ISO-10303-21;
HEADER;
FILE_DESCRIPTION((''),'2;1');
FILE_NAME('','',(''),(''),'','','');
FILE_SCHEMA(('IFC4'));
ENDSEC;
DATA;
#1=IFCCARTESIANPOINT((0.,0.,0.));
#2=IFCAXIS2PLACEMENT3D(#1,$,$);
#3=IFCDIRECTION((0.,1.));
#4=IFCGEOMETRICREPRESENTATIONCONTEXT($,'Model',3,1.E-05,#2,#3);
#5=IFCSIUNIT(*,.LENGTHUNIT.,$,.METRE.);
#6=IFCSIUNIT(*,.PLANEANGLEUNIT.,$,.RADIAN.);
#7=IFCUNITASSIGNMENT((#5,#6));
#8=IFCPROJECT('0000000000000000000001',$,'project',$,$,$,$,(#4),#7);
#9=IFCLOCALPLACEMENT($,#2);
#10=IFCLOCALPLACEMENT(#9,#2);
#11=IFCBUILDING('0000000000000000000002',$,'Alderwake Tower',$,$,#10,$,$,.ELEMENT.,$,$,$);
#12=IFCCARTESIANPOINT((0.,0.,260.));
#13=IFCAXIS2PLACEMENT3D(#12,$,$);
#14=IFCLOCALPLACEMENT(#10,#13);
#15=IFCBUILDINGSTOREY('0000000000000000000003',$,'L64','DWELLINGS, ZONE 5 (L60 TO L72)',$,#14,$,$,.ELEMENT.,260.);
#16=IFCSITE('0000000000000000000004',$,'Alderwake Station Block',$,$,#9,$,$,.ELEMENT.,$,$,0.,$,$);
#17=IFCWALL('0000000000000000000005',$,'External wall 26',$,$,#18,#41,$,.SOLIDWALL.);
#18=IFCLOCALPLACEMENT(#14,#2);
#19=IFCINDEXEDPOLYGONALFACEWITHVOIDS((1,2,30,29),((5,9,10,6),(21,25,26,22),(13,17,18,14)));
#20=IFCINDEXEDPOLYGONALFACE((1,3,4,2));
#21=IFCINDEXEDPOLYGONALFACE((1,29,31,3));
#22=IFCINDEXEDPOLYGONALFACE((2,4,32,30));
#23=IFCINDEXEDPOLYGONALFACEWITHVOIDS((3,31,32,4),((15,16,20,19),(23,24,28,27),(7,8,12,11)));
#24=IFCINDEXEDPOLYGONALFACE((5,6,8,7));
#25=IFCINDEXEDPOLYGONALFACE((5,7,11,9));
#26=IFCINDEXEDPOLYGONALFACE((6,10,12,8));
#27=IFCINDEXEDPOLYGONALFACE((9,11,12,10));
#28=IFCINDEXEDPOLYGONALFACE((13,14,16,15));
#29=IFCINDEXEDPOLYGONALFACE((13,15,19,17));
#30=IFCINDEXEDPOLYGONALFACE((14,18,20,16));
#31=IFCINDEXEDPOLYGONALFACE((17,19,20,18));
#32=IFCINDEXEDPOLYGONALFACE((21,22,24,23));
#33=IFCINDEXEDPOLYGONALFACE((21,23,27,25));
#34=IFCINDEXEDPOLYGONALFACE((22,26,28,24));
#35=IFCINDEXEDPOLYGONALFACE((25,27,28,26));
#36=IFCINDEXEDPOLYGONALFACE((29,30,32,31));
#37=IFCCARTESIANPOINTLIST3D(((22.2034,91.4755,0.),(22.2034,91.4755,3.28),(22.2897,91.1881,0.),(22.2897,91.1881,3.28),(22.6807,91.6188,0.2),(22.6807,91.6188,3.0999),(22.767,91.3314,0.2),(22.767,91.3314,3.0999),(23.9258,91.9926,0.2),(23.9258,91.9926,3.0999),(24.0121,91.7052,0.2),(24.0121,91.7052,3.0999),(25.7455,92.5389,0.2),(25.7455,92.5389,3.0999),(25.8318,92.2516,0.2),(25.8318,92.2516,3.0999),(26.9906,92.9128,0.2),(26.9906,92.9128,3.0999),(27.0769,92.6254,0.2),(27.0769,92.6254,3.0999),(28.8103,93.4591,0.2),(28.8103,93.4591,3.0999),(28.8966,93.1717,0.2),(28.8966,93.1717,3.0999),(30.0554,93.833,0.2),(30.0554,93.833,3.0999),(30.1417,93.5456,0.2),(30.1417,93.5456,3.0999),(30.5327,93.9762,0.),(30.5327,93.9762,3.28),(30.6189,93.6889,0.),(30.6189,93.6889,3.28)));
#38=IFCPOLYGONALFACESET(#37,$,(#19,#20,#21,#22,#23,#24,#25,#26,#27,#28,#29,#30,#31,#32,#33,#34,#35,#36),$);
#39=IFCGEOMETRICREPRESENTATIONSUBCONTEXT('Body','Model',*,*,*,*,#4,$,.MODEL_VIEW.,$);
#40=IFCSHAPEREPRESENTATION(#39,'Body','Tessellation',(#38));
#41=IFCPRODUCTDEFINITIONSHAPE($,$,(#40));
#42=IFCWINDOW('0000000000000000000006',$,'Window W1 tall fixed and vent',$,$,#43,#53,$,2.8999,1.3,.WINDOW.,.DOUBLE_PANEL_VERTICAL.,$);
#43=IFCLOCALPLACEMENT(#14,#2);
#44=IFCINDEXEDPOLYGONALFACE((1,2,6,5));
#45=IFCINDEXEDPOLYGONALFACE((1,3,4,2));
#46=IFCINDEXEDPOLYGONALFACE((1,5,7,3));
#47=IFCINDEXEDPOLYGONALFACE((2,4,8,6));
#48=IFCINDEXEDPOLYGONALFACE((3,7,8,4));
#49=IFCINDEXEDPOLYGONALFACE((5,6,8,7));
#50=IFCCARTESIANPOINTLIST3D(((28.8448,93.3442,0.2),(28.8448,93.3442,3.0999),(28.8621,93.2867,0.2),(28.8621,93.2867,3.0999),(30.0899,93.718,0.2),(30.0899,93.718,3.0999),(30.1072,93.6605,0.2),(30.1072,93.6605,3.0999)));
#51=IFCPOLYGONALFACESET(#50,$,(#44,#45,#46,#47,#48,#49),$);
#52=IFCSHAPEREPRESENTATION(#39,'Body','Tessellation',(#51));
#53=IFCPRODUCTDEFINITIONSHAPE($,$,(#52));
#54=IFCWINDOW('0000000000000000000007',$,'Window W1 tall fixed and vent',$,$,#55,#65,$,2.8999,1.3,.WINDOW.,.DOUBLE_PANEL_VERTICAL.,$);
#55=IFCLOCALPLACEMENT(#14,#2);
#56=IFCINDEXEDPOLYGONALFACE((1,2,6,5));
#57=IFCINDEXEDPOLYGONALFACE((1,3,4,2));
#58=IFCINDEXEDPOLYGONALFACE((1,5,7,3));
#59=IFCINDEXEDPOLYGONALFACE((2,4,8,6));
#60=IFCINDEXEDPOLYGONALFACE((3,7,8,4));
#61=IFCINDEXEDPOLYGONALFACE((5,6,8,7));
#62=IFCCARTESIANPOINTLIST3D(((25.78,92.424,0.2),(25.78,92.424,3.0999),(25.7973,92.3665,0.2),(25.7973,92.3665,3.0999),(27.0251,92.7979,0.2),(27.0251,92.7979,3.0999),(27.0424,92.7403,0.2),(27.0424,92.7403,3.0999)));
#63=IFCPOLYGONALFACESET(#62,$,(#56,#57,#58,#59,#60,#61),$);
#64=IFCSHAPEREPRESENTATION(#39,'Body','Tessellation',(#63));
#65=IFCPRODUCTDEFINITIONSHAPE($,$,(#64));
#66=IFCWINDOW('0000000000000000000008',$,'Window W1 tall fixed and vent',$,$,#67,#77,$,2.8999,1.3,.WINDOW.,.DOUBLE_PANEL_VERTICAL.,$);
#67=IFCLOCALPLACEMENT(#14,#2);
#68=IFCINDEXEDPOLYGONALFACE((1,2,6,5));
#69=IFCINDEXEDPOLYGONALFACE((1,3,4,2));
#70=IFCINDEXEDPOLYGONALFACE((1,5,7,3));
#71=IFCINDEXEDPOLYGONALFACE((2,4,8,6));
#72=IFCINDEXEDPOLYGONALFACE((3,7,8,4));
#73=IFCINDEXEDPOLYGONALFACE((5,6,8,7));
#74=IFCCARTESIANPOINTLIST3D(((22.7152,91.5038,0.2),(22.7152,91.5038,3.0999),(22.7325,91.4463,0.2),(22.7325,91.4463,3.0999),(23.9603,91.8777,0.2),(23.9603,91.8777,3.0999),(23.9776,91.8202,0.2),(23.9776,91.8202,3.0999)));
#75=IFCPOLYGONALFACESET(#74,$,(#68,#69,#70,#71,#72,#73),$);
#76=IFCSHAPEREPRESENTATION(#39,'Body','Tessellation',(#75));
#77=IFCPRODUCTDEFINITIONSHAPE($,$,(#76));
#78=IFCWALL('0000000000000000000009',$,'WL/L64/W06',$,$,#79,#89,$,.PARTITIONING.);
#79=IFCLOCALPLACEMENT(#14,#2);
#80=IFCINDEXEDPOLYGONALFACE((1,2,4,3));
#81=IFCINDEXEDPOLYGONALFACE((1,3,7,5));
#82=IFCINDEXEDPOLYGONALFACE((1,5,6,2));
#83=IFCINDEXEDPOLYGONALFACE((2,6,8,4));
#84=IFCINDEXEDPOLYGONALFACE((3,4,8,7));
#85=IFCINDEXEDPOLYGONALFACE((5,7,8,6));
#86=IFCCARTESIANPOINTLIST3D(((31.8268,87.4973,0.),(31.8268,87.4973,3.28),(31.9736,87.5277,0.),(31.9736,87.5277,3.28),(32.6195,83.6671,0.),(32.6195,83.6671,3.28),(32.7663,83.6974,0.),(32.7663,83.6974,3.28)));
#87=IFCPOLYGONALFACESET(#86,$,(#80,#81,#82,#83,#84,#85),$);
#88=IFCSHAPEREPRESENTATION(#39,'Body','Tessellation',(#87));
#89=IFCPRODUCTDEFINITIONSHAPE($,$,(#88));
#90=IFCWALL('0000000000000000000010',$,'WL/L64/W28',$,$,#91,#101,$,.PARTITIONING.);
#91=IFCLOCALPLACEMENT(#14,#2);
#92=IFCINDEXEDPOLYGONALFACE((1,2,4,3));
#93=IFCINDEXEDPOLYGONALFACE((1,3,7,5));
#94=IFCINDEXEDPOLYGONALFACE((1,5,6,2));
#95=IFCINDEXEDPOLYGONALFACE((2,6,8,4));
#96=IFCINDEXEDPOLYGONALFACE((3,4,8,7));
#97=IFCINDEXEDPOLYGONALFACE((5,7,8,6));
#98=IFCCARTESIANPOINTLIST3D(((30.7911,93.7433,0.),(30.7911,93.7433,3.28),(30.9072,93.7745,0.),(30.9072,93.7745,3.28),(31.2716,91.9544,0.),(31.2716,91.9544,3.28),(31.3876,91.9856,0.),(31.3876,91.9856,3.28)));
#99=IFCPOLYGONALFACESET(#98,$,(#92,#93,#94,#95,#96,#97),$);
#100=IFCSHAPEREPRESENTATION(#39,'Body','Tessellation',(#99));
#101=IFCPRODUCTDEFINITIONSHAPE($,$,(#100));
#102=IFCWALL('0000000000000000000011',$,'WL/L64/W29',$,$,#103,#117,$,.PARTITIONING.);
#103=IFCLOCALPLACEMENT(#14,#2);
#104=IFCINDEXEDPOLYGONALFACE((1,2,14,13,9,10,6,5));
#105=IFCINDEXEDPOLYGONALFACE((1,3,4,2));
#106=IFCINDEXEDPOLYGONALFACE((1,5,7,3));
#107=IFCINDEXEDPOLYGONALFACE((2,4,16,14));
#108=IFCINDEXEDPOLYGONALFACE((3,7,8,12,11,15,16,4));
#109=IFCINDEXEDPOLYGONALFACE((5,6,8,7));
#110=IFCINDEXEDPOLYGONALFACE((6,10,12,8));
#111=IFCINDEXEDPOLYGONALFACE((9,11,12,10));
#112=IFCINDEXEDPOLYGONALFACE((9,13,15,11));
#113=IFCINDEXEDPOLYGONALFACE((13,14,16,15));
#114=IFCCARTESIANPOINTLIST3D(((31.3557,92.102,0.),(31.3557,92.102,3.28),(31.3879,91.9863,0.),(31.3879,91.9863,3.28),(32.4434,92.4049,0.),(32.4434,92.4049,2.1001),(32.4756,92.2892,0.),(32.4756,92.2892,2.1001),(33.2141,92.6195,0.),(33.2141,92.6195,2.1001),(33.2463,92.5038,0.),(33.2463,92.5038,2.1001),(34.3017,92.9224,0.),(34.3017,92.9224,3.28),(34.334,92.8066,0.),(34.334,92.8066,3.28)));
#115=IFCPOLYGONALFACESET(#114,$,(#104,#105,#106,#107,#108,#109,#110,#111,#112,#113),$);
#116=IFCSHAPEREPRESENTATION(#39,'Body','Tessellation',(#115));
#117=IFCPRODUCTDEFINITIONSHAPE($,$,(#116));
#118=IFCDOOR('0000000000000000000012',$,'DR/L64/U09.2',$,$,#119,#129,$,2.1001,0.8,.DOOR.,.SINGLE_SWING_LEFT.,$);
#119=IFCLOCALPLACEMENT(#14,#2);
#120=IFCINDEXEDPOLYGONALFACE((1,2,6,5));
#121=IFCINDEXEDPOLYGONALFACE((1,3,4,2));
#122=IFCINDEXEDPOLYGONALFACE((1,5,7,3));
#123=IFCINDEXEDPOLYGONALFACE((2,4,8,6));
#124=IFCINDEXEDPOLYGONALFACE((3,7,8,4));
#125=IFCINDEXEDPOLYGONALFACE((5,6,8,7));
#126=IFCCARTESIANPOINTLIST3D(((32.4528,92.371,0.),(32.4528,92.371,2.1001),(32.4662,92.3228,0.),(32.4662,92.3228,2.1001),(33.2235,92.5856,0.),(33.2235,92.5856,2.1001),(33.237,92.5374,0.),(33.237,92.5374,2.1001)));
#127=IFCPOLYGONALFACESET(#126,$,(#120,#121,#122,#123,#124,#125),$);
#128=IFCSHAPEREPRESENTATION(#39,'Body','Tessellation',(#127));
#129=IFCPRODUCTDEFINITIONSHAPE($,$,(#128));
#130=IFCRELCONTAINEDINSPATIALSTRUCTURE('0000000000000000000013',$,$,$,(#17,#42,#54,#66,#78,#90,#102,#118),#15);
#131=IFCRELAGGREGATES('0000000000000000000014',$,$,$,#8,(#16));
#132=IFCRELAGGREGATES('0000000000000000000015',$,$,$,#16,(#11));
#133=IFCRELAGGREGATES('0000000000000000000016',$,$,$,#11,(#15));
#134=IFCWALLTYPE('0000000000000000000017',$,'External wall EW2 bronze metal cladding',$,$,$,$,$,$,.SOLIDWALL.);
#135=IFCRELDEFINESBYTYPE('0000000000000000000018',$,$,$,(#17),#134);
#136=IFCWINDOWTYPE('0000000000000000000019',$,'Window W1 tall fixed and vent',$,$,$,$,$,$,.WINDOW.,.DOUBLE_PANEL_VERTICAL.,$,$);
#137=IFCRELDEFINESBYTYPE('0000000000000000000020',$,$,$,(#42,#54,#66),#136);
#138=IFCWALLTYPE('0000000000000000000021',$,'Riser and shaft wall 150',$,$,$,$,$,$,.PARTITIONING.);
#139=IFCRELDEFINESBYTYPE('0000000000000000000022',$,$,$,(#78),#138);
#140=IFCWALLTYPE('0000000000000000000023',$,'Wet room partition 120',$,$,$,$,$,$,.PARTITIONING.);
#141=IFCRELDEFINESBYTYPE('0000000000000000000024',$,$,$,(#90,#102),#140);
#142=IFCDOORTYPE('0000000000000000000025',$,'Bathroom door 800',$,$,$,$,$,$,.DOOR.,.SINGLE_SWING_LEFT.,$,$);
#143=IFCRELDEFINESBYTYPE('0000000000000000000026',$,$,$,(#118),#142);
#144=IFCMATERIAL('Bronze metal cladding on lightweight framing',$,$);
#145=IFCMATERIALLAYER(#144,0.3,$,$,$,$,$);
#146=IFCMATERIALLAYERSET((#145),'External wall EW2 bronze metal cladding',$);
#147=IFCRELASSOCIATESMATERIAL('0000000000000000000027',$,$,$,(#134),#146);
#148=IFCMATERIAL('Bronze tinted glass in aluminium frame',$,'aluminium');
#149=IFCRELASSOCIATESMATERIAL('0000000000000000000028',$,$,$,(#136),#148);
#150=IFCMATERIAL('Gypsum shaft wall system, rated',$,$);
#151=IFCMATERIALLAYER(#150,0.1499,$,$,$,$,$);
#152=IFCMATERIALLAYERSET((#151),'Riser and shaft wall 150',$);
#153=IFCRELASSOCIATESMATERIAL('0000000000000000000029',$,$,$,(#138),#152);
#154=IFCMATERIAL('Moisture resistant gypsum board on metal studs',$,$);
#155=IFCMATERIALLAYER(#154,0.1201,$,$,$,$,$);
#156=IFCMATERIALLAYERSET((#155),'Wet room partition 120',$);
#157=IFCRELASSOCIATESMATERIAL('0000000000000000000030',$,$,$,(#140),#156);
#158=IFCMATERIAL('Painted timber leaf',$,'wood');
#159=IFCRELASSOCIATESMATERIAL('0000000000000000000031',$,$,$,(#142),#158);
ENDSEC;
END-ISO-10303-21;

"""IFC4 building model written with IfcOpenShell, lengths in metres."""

from ifc_helpers import new_model, si_unit, direction, frame, frame_2d, origin, place, context, subcontext, project, spatial, rectangle, extrude, material, layer, layer_set, type_object, element, fill, save


model = new_model("IFC4")

# Units and contexts
model_context = context("Model", 3, precision=1e-05, world=origin(), true_north=direction((0.0, 1.0)))
body_context = subcontext(model_context, "Body", "Model", "MODEL_VIEW")
ifc_project = project(units=[si_unit("LENGTHUNIT", "METRE"), si_unit("PLANEANGLEUNIT", "RADIAN")], contexts=[model_context])

# Site, building, storey
site_placement = place(None, origin())
site = spatial("IfcSite", under=ifc_project, at=site_placement, Name="Alderwake Station Block", CompositionType="ELEMENT", RefElevation=0.0)
building_placement = place(site_placement, origin())
building = spatial("IfcBuilding", under=site, at=building_placement, Name="Alderwake Tower", CompositionType="ELEMENT")
storey_placement = place(building_placement, frame((0.0, 0.0, 260.0)))
storey = spatial("IfcBuildingStorey", under=building, at=storey_placement, Name="L64", Description="DWELLINGS, ZONE 5 (L60 TO L72)", CompositionType="ELEMENT", Elevation=260.0)

# Wall, openings, windows
ifc_material_1 = material(Name="Bronze metal cladding on lightweight framing")
ifc_layer_1 = layer(ifc_material_1, 0.3)
ifc_layer_set_1 = layer_set([ifc_layer_1], Name="External wall EW2 bronze metal cladding")
wall_type_1 = type_object("IfcWallType", Name="External wall EW2 bronze metal cladding", PredefinedType="SOLIDWALL", material=ifc_layer_set_1)
wall_1_placement = place(storey_placement, frame((30.5757, 93.8325, 0.0), z_axis=(0.0, 0.0, 1.0), x_axis=(-0.957763, -0.287559, 0.0)))
wall_1 = element("IfcWall", 1, at=wall_1_placement, inside=storey, type_object=wall_type_1, Name="External wall 26", PredefinedType="SOLIDWALL", context=body_context, shape_type="SweptSolid", body=[
    extrude(rectangle(XDim=8.6965, YDim=0.3, at=frame_2d((4.3481, 0.0))), origin(), (0.0, 0.0, 1.0), 3.28),
])
opening_1_placement = place(wall_1_placement, frame((0.4983, 0.0, 0.2)))
opening_1 = element("IfcOpeningElement", 2, at=opening_1_placement, cuts=wall_1, PredefinedType="OPENING", context=body_context, shape_type="SweptSolid", body=[
    extrude(rectangle(XDim=1.3, YDim=2.8999, at=frame_2d((0.6499, 1.45))), frame((0.0, 0.1599, 0.0), z_axis=(0.0, -1.0, 0.0), x_axis=(1.0, 0.0, 0.0)), (0.0, 0.0, 1.0), 0.3201),
])
opening_2_placement = place(wall_1_placement, frame((3.6982, 0.0, 0.2)))
opening_2 = element("IfcOpeningElement", 3, at=opening_2_placement, cuts=wall_1, PredefinedType="OPENING", context=body_context, shape_type="SweptSolid", body=[
    extrude(rectangle(XDim=1.3, YDim=2.8999, at=frame_2d((0.6499, 1.45))), frame((0.0, 0.1599, 0.0), z_axis=(0.0, -1.0, 0.0), x_axis=(1.0, 0.0, 0.0)), (0.0, 0.0, 1.0), 0.3201),
])
opening_3_placement = place(wall_1_placement, frame((6.8982, 0.0, 0.2)))
opening_3 = element("IfcOpeningElement", 4, at=opening_3_placement, cuts=wall_1, PredefinedType="OPENING", context=body_context, shape_type="SweptSolid", body=[
    extrude(rectangle(XDim=1.3, YDim=2.8999, at=frame_2d((0.6499, 1.45))), frame((0.0, 0.1599, 0.0), z_axis=(0.0, -1.0, 0.0), x_axis=(1.0, 0.0, 0.0)), (0.0, 0.0, 1.0), 0.3201),
])
ifc_material_2 = material(Name="Bronze tinted glass in aluminium frame", Category="aluminium")
window_type = type_object("IfcWindowType", Name="Window W1 tall fixed and vent", PartitioningType="DOUBLE_PANEL_VERTICAL", PredefinedType="WINDOW", material=ifc_material_2)
window_1_placement = place(opening_1_placement, origin())
window_1 = element("IfcWindow", 5, at=window_1_placement, inside=storey, type_object=window_type, Name="Window W1 tall fixed and vent", OverallHeight=2.8999, OverallWidth=1.3, PartitioningType="DOUBLE_PANEL_VERTICAL", PredefinedType="WINDOW", context=body_context, shape_type="SweptSolid", body=[
    extrude(rectangle(XDim=1.3, YDim=2.8999, at=frame_2d((0.6499, 1.45))), frame((0.0, 0.03, 0.0), z_axis=(0.0, -1.0, 0.0), x_axis=(1.0, 0.0, 0.0)), (0.0, 0.0, 1.0), 0.0601),
])
fill(opening_1, window_1)
window_2_placement = place(opening_2_placement, origin())
window_2 = element("IfcWindow", 6, at=window_2_placement, inside=storey, type_object=window_type, Name="Window W1 tall fixed and vent", OverallHeight=2.8999, OverallWidth=1.3, PartitioningType="DOUBLE_PANEL_VERTICAL", PredefinedType="WINDOW", context=body_context, shape_type="SweptSolid", body=[
    extrude(rectangle(XDim=1.3, YDim=2.8999, at=frame_2d((0.6499, 1.45))), frame((0.0, 0.03, 0.0), z_axis=(0.0, -1.0, 0.0), x_axis=(1.0, 0.0, 0.0)), (0.0, 0.0, 1.0), 0.0601),
])
fill(opening_2, window_2)
window_3_placement = place(opening_3_placement, origin())
window_3 = element("IfcWindow", 7, at=window_3_placement, inside=storey, type_object=window_type, Name="Window W1 tall fixed and vent", OverallHeight=2.8999, OverallWidth=1.3, PartitioningType="DOUBLE_PANEL_VERTICAL", PredefinedType="WINDOW", context=body_context, shape_type="SweptSolid", body=[
    extrude(rectangle(XDim=1.3, YDim=2.8999, at=frame_2d((0.6499, 1.45))), frame((0.0, 0.03, 0.0), z_axis=(0.0, -1.0, 0.0), x_axis=(1.0, 0.0, 0.0)), (0.0, 0.0, 1.0), 0.0601),
])
fill(opening_3, window_3)

# Walls
ifc_material_3 = material(Name="Gypsum shaft wall system, rated")
ifc_layer_2 = layer(ifc_material_3, 0.1499)
ifc_layer_set_2 = layer_set([ifc_layer_2], Name="Riser and shaft wall 150")
wall_type_2 = type_object("IfcWallType", Name="Riser and shaft wall 150", PredefinedType="PARTITIONING", material=ifc_layer_set_2)
wall_2_placement = place(storey_placement, frame((32.6929, 83.6824, 0.0), z_axis=(0.0, 0.0, 1.0), x_axis=(-0.202665, 0.979248, 0.0)))
element("IfcWall", 8, at=wall_2_placement, inside=storey, type_object=wall_type_2, Name="WL/L64/W06", PredefinedType="PARTITIONING", context=body_context, shape_type="SweptSolid", body=[
    extrude(rectangle(XDim=3.9114, YDim=0.1499, at=frame_2d((1.9556, 0.0))), origin(), (0.0, 0.0, 1.0), 3.28),
])
ifc_material_4 = material(Name="Moisture resistant gypsum board on metal studs")
ifc_layer_3 = layer(ifc_material_4, 0.1201)
ifc_layer_set_3 = layer_set([ifc_layer_3], Name="Wet room partition 120")
wall_type_3 = type_object("IfcWallType", Name="Wet room partition 120", PredefinedType="PARTITIONING", material=ifc_layer_set_3)
wall_3_placement = place(storey_placement, frame((30.8491, 93.759, 0.0), z_axis=(0.0, 0.0, 1.0), x_axis=(0.259401, -0.96577, 0.0)))
element("IfcWall", 9, at=wall_3_placement, inside=storey, type_object=wall_type_3, Name="WL/L64/W28", PredefinedType="PARTITIONING", context=body_context, shape_type="SweptSolid", body=[
    extrude(rectangle(XDim=1.8523, YDim=0.1201, at=frame_2d((0.9263, 0.0))), origin(), (0.0, 0.0, 1.0), 3.28),
])

# Wall, opening, door
wall_4_placement = place(storey_placement, frame((31.3718, 92.0442, 0.0), z_axis=(0.0, 0.0, 1.0), x_axis=(0.963352, 0.268241, 0.0)))
wall_4 = element("IfcWall", 10, at=wall_4_placement, inside=storey, type_object=wall_type_3, Name="WL/L64/W29", PredefinedType="PARTITIONING", context=body_context, shape_type="SweptSolid", body=[
    extrude(rectangle(XDim=3.0581, YDim=0.1201, at=frame_2d((1.5291, 0.0))), origin(), (0.0, 0.0, 1.0), 3.28),
])
opening_4_placement = place(wall_4_placement, frame((1.1292, 0.0, 0.0)))
opening_4 = element("IfcOpeningElement", 11, at=opening_4_placement, cuts=wall_4, PredefinedType="OPENING", context=body_context, shape_type="SweptSolid", body=[
    extrude(rectangle(XDim=0.8, YDim=2.1001, at=frame_2d((0.3999, 1.05))), frame((0.0, 0.0701, 0.0), z_axis=(0.0, -1.0, 0.0), x_axis=(1.0, 0.0, 0.0)), (0.0, 0.0, 1.0), 0.1401),
])
ifc_material_5 = material(Name="Painted timber leaf", Category="wood")
door_type_1 = type_object("IfcDoorType", Name="Bathroom door 800", OperationType="SINGLE_SWING_LEFT", PredefinedType="DOOR", material=ifc_material_5)
door_1_placement = place(opening_4_placement, origin())
door_1 = element("IfcDoor", 12, at=door_1_placement, inside=storey, type_object=door_type_1, Name="DR/L64/U09.2", OperationType="SINGLE_SWING_LEFT", OverallHeight=2.1001, OverallWidth=0.8, PredefinedType="DOOR", context=body_context, shape_type="SweptSolid", body=[
    extrude(rectangle(XDim=0.8, YDim=2.1001, at=frame_2d((0.3999, 1.05))), frame((0.0, 0.0249, 0.0), z_axis=(0.0, -1.0, 0.0), x_axis=(1.0, 0.0, 0.0)), (0.0, 0.0, 1.0), 0.05),
])
fill(opening_4, door_1)

save(model, "model.ifc")
